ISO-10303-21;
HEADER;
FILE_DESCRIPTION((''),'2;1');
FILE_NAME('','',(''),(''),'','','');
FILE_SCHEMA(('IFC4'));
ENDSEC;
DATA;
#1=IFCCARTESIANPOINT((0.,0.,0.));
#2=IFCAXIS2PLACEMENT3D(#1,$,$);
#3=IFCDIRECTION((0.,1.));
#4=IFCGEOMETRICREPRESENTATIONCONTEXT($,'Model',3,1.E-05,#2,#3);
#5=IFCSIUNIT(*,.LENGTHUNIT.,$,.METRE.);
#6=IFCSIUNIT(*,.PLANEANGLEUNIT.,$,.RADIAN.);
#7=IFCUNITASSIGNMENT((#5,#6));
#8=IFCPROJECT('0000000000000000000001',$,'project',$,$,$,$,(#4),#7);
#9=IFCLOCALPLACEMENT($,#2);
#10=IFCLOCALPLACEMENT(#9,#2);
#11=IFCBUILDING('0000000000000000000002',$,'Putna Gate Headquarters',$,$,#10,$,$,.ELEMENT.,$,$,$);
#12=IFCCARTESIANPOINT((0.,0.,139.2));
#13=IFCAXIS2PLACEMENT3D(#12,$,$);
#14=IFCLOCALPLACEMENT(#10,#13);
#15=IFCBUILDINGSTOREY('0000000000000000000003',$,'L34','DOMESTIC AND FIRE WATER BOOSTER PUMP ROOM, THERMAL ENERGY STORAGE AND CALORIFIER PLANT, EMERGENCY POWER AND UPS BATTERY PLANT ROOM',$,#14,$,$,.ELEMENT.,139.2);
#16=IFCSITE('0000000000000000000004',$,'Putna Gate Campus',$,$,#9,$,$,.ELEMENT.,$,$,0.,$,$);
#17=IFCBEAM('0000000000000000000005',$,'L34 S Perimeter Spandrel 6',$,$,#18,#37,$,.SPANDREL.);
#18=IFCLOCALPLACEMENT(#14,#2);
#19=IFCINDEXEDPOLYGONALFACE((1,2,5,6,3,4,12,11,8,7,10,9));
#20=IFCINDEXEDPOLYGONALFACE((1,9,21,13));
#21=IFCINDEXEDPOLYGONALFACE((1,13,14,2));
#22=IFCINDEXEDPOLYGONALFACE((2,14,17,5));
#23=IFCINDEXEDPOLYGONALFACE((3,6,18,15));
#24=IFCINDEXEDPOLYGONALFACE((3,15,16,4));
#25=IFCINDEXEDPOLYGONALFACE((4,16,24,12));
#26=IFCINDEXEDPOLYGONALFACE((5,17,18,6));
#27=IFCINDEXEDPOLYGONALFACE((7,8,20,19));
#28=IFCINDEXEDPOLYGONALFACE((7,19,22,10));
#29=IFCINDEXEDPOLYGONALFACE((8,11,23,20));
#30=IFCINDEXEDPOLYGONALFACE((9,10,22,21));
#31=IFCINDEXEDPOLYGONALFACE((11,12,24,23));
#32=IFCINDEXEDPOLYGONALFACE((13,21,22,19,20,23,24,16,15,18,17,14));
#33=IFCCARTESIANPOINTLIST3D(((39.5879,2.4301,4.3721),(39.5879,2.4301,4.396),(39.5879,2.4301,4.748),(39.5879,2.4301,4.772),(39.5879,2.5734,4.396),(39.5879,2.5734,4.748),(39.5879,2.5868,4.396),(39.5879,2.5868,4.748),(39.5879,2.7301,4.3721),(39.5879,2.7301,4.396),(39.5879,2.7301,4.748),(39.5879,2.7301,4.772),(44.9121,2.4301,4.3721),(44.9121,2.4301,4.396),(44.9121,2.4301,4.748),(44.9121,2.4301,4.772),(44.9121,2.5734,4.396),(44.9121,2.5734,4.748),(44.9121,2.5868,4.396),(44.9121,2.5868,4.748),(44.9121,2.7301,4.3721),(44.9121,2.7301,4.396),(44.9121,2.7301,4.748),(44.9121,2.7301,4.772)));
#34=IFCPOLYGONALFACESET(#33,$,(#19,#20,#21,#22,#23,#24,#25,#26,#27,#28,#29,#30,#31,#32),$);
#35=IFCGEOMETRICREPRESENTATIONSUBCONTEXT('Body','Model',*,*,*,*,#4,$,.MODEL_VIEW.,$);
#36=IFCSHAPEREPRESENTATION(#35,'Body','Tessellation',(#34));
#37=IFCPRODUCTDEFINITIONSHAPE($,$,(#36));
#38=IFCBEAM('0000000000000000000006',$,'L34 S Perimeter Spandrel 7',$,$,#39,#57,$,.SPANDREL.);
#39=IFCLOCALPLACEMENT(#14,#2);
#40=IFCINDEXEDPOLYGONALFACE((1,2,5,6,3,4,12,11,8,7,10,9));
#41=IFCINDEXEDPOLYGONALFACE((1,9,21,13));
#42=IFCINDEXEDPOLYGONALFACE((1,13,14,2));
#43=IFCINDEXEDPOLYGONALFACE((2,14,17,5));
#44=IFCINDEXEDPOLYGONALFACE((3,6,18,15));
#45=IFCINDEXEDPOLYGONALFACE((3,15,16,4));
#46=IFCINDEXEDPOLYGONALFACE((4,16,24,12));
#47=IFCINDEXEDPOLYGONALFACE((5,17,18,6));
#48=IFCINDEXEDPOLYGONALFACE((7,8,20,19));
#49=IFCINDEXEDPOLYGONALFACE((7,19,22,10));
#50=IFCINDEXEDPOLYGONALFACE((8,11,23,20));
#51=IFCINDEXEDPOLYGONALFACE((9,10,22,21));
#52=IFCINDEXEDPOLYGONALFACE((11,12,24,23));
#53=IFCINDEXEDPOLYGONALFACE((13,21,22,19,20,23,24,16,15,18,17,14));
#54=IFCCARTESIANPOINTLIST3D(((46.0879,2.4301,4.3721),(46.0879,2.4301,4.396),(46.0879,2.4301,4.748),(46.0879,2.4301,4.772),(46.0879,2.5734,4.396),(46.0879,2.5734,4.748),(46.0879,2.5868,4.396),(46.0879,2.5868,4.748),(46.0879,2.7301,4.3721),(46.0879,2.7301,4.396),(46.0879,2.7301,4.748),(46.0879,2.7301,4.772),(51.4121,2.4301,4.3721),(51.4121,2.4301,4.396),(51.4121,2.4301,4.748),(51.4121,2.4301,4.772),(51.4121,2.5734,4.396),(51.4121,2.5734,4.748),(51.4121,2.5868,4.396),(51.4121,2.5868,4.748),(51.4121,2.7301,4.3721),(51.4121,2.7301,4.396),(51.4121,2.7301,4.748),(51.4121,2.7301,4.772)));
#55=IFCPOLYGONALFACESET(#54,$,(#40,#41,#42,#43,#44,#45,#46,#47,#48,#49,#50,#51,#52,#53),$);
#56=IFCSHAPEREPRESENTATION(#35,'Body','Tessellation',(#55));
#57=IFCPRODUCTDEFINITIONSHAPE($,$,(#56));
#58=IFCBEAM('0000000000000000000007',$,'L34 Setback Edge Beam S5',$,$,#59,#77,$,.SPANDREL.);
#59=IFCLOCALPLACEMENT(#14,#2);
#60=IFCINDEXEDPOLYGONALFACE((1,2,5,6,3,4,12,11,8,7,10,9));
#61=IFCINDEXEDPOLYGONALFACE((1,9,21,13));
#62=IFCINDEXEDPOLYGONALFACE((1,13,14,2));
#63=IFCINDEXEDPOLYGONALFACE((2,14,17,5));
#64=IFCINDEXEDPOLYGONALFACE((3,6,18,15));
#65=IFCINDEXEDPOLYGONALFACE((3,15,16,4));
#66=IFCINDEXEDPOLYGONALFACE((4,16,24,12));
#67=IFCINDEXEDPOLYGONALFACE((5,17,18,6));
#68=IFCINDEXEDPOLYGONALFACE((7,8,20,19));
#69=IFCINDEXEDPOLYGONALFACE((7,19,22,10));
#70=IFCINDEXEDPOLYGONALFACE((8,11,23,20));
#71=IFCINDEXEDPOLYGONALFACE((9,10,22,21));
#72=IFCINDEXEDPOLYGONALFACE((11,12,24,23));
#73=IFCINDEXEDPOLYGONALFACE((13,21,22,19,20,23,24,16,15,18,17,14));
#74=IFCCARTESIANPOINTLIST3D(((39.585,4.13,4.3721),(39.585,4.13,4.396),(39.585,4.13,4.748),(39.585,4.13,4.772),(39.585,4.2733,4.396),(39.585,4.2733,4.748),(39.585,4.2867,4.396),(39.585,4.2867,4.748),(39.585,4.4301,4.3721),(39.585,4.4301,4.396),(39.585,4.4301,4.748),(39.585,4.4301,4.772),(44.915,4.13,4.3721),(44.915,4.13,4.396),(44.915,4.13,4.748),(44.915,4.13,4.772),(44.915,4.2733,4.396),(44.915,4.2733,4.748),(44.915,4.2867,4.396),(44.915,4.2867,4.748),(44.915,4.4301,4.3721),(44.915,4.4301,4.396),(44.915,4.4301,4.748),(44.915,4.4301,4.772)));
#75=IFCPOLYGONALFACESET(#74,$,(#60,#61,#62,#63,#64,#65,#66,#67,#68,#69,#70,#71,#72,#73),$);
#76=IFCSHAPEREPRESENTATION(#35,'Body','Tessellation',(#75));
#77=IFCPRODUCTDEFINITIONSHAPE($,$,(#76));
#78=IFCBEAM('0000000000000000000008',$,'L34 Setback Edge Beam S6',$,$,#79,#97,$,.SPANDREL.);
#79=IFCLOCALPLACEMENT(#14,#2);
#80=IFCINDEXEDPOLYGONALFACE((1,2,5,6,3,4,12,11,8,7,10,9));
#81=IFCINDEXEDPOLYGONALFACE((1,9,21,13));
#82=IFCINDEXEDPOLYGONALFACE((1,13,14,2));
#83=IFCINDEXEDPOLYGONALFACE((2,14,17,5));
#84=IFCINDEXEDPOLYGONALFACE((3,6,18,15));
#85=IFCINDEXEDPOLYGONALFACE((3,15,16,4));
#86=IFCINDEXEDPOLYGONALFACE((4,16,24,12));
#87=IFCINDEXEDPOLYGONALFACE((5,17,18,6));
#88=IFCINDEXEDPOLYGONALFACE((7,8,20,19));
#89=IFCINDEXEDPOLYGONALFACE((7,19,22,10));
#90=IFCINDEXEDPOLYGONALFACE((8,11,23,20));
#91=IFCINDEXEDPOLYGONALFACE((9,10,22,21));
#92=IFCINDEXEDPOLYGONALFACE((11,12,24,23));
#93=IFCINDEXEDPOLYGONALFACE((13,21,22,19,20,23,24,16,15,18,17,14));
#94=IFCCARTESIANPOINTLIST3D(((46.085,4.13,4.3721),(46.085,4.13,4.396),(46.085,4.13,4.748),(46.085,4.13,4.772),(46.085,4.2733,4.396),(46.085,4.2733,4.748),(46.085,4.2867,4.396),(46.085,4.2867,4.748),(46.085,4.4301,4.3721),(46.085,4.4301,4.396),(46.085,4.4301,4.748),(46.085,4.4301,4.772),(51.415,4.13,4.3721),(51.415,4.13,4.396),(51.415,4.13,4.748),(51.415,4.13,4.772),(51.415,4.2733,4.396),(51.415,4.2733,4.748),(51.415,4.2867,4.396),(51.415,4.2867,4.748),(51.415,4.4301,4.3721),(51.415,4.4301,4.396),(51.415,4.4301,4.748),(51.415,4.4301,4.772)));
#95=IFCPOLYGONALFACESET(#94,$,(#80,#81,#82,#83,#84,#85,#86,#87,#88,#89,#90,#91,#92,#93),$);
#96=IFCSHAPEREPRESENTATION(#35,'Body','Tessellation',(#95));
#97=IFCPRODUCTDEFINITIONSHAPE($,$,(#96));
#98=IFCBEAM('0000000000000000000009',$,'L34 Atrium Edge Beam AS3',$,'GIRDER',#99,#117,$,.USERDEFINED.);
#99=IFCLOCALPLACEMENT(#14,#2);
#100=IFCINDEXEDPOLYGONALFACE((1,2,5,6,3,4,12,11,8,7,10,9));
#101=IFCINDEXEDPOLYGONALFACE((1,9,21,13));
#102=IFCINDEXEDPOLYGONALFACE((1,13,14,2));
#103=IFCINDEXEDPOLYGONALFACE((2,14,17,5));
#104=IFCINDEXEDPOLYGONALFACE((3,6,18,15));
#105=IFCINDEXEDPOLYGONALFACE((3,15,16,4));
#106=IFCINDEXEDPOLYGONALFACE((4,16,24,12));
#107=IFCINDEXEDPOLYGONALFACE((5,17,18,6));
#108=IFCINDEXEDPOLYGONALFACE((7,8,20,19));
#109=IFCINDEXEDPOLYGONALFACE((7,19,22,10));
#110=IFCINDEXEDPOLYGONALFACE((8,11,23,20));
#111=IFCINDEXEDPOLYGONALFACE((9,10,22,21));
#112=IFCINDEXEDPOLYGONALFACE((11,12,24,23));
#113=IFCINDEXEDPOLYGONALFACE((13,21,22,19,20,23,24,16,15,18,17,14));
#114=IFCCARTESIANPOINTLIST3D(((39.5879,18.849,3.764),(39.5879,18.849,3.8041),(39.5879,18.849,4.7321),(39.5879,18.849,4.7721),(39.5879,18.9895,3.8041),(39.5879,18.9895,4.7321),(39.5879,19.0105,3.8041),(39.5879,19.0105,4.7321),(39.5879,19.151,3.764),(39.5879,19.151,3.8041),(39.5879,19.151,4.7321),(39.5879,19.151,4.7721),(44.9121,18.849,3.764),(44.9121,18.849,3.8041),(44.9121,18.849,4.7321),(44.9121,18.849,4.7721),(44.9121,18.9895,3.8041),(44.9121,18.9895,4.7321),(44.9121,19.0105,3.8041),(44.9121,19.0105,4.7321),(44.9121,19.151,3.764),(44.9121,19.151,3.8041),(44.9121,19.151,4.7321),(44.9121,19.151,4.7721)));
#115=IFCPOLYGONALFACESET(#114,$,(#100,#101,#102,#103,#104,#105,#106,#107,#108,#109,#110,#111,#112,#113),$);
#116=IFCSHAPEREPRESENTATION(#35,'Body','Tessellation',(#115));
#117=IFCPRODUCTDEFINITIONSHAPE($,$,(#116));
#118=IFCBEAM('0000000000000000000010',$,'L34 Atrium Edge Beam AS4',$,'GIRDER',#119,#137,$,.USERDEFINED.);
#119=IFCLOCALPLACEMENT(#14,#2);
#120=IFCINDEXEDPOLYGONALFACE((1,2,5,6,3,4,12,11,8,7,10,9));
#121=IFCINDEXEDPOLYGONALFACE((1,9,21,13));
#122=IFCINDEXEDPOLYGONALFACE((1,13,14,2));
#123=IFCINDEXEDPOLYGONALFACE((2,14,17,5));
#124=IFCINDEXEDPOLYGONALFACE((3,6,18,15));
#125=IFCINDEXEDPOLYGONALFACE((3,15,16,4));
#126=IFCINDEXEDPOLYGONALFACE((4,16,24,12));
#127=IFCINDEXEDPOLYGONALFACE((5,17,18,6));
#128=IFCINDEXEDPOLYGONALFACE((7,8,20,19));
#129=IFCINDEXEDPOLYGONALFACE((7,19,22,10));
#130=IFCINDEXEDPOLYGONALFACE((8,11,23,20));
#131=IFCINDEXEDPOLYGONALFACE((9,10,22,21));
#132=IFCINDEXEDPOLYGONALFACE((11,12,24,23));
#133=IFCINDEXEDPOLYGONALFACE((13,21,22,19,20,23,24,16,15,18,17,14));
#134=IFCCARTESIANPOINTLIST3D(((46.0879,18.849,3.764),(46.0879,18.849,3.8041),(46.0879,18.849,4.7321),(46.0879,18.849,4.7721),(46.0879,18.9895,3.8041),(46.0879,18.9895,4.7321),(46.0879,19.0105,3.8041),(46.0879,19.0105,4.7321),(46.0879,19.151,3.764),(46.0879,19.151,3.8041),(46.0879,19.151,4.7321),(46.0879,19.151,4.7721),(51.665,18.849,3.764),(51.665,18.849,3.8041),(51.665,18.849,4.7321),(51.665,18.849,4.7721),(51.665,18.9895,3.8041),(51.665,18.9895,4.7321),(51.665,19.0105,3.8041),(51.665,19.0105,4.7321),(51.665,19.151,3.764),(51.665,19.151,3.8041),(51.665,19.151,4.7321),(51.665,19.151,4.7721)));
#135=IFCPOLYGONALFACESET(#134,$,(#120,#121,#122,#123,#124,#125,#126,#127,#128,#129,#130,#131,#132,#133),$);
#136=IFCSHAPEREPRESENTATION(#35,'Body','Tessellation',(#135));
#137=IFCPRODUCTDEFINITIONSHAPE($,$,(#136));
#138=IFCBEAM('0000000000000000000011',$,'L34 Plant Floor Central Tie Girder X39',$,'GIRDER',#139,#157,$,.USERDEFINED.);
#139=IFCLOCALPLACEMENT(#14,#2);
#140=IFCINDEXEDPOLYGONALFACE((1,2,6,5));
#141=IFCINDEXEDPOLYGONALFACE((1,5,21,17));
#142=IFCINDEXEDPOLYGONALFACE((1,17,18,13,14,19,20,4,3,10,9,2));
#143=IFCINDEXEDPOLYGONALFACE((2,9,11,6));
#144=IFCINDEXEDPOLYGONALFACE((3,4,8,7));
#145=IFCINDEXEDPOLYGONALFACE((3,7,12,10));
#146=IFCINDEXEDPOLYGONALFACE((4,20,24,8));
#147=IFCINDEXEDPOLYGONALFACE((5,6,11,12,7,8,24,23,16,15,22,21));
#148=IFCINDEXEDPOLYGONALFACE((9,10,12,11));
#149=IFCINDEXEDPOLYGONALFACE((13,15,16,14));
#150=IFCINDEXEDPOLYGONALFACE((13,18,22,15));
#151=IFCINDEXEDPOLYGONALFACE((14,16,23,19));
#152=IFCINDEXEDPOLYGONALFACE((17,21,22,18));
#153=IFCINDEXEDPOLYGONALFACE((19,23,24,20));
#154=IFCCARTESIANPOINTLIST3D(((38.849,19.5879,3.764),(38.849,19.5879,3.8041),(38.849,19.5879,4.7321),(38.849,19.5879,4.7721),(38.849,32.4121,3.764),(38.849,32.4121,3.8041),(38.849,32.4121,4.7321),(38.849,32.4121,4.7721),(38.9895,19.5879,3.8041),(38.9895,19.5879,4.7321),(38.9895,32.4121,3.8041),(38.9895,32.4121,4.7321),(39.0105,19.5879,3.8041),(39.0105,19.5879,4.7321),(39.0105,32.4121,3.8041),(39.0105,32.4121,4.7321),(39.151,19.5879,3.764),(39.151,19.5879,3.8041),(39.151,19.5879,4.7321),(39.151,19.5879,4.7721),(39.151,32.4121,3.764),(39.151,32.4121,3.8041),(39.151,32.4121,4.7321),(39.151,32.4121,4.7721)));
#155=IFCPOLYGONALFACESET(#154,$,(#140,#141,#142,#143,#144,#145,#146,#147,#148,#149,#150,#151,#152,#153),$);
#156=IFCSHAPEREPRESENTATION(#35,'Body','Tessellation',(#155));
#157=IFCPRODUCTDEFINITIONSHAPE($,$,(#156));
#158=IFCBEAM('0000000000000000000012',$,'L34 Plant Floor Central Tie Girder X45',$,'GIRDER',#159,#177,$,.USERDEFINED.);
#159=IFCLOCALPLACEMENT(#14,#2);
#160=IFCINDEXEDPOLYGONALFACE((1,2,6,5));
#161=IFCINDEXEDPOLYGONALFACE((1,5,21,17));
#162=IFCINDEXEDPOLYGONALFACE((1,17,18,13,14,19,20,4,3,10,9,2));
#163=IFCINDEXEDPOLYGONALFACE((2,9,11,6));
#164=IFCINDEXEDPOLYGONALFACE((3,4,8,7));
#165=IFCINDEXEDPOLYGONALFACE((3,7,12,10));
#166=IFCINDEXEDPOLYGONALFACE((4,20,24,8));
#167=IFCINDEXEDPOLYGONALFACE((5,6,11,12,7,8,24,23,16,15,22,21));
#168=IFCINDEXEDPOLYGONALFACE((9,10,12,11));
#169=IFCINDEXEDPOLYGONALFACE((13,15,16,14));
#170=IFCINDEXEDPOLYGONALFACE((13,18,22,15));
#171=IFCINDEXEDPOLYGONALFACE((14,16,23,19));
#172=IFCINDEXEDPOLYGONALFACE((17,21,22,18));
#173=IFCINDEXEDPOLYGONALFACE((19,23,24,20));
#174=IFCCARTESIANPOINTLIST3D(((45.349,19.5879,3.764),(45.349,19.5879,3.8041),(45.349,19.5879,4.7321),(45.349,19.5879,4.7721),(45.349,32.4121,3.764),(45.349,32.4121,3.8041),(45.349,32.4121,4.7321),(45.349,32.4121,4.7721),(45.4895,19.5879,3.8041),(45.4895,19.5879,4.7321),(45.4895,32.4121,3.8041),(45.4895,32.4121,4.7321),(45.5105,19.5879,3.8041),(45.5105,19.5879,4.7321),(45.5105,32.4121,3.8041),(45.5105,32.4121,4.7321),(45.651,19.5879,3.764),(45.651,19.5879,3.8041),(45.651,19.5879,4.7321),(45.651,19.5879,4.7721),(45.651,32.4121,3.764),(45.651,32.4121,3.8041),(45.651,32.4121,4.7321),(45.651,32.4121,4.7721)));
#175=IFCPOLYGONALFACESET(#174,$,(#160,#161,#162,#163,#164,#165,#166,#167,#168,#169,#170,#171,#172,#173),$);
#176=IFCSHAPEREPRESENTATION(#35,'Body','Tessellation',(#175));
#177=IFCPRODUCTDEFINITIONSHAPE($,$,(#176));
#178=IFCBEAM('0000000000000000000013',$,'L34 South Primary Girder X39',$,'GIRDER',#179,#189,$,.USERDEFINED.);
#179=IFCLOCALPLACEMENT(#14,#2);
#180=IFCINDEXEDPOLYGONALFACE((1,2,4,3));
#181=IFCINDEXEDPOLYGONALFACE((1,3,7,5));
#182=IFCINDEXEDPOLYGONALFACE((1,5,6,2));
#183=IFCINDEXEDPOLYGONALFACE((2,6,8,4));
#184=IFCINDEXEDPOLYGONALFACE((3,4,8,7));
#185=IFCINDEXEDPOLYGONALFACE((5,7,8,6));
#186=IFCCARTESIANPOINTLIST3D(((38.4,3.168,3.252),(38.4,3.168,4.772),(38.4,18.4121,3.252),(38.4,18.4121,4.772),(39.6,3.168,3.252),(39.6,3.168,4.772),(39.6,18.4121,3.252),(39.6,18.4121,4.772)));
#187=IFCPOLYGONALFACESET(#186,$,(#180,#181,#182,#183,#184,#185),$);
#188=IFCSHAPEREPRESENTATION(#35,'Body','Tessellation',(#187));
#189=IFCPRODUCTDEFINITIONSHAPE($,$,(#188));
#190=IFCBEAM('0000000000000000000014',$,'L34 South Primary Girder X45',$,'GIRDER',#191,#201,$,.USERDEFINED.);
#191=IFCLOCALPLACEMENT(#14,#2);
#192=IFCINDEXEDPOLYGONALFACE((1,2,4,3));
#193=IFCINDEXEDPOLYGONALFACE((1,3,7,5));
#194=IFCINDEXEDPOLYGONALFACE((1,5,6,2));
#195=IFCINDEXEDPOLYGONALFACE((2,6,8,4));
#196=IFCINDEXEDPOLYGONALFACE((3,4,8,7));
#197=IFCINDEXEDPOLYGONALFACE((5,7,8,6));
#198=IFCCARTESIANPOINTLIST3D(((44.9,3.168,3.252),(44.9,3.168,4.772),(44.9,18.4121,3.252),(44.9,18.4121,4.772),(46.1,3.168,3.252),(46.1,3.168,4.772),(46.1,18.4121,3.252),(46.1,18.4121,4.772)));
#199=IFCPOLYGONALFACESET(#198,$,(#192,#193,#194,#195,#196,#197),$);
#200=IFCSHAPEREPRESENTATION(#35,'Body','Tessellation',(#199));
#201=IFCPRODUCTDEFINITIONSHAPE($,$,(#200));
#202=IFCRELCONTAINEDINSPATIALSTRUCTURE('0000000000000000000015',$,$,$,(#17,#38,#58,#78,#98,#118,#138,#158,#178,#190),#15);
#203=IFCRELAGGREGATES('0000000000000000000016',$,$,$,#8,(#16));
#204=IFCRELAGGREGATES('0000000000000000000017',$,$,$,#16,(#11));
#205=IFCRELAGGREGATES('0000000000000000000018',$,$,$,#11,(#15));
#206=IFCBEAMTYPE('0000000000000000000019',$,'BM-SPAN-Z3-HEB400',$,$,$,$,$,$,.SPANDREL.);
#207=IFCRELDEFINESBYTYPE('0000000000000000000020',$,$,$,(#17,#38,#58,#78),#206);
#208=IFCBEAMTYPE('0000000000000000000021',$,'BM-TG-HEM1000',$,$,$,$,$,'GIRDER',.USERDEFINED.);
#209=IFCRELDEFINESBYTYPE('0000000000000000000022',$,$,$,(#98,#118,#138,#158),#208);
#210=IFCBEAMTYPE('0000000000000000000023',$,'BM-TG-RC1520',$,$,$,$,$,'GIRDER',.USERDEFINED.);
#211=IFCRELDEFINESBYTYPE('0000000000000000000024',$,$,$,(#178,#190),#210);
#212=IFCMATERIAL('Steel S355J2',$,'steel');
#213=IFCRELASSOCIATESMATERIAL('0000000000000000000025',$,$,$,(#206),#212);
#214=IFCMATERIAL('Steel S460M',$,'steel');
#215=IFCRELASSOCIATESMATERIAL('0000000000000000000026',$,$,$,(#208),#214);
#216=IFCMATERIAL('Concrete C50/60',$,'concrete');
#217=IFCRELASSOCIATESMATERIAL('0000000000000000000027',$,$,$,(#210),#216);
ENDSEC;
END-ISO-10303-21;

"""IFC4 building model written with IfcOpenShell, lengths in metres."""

from ifc_helpers import new_model, si_unit, direction, frame, origin, origin_2d, place, context, subcontext, project, spatial, rectangle, i_section, extrude, material, material_profile, profile_set, type_object, element, save


model = new_model("IFC4")

# Units and contexts
model_context = context("Model", 3, precision=1e-05, world=origin(), true_north=direction((0.0, 1.0)))
body_context = subcontext(model_context, "Body", "Model", "MODEL_VIEW")
ifc_project = project(units=[si_unit("LENGTHUNIT", "METRE"), si_unit("PLANEANGLEUNIT", "RADIAN")], contexts=[model_context])

# Site, building, storey
site_placement = place(None, origin())
site = spatial("IfcSite", under=ifc_project, at=site_placement, Name="Putna Gate Campus", CompositionType="ELEMENT", RefElevation=0.0)
building_placement = place(site_placement, origin())
building = spatial("IfcBuilding", under=site, at=building_placement, Name="Putna Gate Headquarters", CompositionType="ELEMENT")
storey_placement = place(building_placement, frame((0.0, 0.0, 139.2)))
storey = spatial("IfcBuildingStorey", under=building, at=storey_placement, Name="L34", Description="DOMESTIC AND FIRE WATER BOOSTER PUMP ROOM, THERMAL ENERGY STORAGE AND CALORIFIER PLANT, EMERGENCY POWER AND UPS BATTERY PLANT ROOM", CompositionType="ELEMENT", Elevation=139.2)

# Beams
ifc_material_1 = material(Name="Steel S355J2", Category="steel")
ifc_material_profile_1 = material_profile(ifc_material_1, i_section(OverallWidth=0.3, OverallDepth=0.3999, WebThickness=0.0134, FlangeThickness=0.0239, at=origin_2d()), Name="Steel S355J2")
ifc_profile_set_1 = profile_set([ifc_material_profile_1], Name="Steel S355J2")
beam_type_1 = type_object("IfcBeamType", Name="BM-SPAN-Z3-HEB400", PredefinedType="SPANDREL", material=ifc_profile_set_1)
for number, where, z_axis, x_axis, name in (
    (1, (39.5879, 2.5801, 4.572), (1.0, 0.0, 0.0), (0.0, 1.0, 0.0), "L34 S Perimeter Spandrel 6"),
    (2, (46.0879, 2.5801, 4.572), (1.0, 0.0, 0.0), (0.0, 1.0, 0.0), "L34 S Perimeter Spandrel 7"),
):
    element("IfcBeam", number, at=place(storey_placement, frame(where, z_axis=z_axis, x_axis=x_axis)), inside=storey, type_object=beam_type_1, Name=name, PredefinedType="SPANDREL", context=body_context, shape_type="SweptSolid", body=[
        extrude(i_section(OverallWidth=0.3, OverallDepth=0.3999, WebThickness=0.0134, FlangeThickness=0.0239, at=origin_2d()), origin(), (0.0, 0.0, 1.0), 5.3242),
    ])
for number, where, z_axis, x_axis, name in (
    (3, (39.585, 4.28, 4.572), (1.0, 0.0, 0.0), (0.0, 1.0, 0.0), "L34 Setback Edge Beam S5"),
    (4, (46.085, 4.28, 4.572), (1.0, 0.0, 0.0), (0.0, 1.0, 0.0), "L34 Setback Edge Beam S6"),
):
    element("IfcBeam", number, at=place(storey_placement, frame(where, z_axis=z_axis, x_axis=x_axis)), inside=storey, type_object=beam_type_1, Name=name, PredefinedType="SPANDREL", context=body_context, shape_type="SweptSolid", body=[
        extrude(i_section(OverallWidth=0.3, OverallDepth=0.3999, WebThickness=0.0134, FlangeThickness=0.0239, at=origin_2d()), origin(), (0.0, 0.0, 1.0), 5.3301),
    ])
ifc_material_2 = material(Name="Steel S460M", Category="steel")
ifc_material_profile_2 = material_profile(ifc_material_2, i_section(OverallWidth=0.302, OverallDepth=1.0081, WebThickness=0.021, FlangeThickness=0.04, at=origin_2d()), Name="Steel S460M")
ifc_profile_set_2 = profile_set([ifc_material_profile_2], Name="Steel S460M")
beam_type_2 = type_object("IfcBeamType", Name="BM-TG-HEM1000", ElementType="GIRDER", PredefinedType="USERDEFINED", material=ifc_profile_set_2)
beam_1_placement = place(storey_placement, frame((39.5879, 19.0, 4.2681), z_axis=(1.0, 0.0, 0.0), x_axis=(0.0, 1.0, 0.0)))
element("IfcBeam", 5, at=beam_1_placement, inside=storey, type_object=beam_type_2, Name="L34 Atrium Edge Beam AS3", ObjectType="GIRDER", PredefinedType="USERDEFINED", context=body_context, shape_type="SweptSolid", body=[
    extrude(i_section(OverallWidth=0.302, OverallDepth=1.0081, WebThickness=0.021, FlangeThickness=0.04, at=origin_2d()), origin(), (0.0, 0.0, 1.0), 5.3242),
])
beam_2_placement = place(storey_placement, frame((46.0879, 19.0, 4.2681), z_axis=(1.0, 0.0, 0.0), x_axis=(0.0, 1.0, 0.0)))
element("IfcBeam", 6, at=beam_2_placement, inside=storey, type_object=beam_type_2, Name="L34 Atrium Edge Beam AS4", ObjectType="GIRDER", PredefinedType="USERDEFINED", context=body_context, shape_type="SweptSolid", body=[
    extrude(i_section(OverallWidth=0.302, OverallDepth=1.0081, WebThickness=0.021, FlangeThickness=0.04, at=origin_2d()), origin(), (0.0, 0.0, 1.0), 5.5771),
])
for number, where, z_axis, x_axis, name in (
    (7, (39.0, 19.5879, 4.2681), (0.0, 1.0, 0.0), (-1.0, 0.0, 0.0), "L34 Plant Floor Central Tie Girder X39"),
    (8, (45.5, 19.5879, 4.2681), (0.0, 1.0, 0.0), (-1.0, 0.0, 0.0), "L34 Plant Floor Central Tie Girder X45"),
):
    element("IfcBeam", number, at=place(storey_placement, frame(where, z_axis=z_axis, x_axis=x_axis)), inside=storey, type_object=beam_type_2, Name=name, ObjectType="GIRDER", PredefinedType="USERDEFINED", context=body_context, shape_type="SweptSolid", body=[
        extrude(i_section(OverallWidth=0.302, OverallDepth=1.0081, WebThickness=0.021, FlangeThickness=0.04, at=origin_2d()), origin(), (0.0, 0.0, 1.0), 12.8242),
    ])
ifc_material_3 = material(Name="Concrete C50/60", Category="concrete")
ifc_material_profile_3 = material_profile(ifc_material_3, rectangle(XDim=1.2, YDim=1.52, at=origin_2d()), Name="Concrete C50/60")
ifc_profile_set_3 = profile_set([ifc_material_profile_3], Name="Concrete C50/60")
beam_type_3 = type_object("IfcBeamType", Name="BM-TG-RC1520", ElementType="GIRDER", PredefinedType="USERDEFINED", material=ifc_profile_set_3)
for number, where, z_axis, x_axis, name in (
    (9, (39.0, 3.168, 4.012), (0.0, 1.0, 0.0), (-1.0, 0.0, 0.0), "L34 South Primary Girder X39"),
    (10, (45.5, 3.168, 4.012), (0.0, 1.0, 0.0), (-1.0, 0.0, 0.0), "L34 South Primary Girder X45"),
):
    element("IfcBeam", number, at=place(storey_placement, frame(where, z_axis=z_axis, x_axis=x_axis)), inside=storey, type_object=beam_type_3, Name=name, ObjectType="GIRDER", PredefinedType="USERDEFINED", context=body_context, shape_type="SweptSolid", body=[
        extrude(rectangle(XDim=1.2, YDim=1.52, at=origin_2d()), origin(), (0.0, 0.0, 1.0), 15.2441),
    ])

save(model, "model.ifc")
